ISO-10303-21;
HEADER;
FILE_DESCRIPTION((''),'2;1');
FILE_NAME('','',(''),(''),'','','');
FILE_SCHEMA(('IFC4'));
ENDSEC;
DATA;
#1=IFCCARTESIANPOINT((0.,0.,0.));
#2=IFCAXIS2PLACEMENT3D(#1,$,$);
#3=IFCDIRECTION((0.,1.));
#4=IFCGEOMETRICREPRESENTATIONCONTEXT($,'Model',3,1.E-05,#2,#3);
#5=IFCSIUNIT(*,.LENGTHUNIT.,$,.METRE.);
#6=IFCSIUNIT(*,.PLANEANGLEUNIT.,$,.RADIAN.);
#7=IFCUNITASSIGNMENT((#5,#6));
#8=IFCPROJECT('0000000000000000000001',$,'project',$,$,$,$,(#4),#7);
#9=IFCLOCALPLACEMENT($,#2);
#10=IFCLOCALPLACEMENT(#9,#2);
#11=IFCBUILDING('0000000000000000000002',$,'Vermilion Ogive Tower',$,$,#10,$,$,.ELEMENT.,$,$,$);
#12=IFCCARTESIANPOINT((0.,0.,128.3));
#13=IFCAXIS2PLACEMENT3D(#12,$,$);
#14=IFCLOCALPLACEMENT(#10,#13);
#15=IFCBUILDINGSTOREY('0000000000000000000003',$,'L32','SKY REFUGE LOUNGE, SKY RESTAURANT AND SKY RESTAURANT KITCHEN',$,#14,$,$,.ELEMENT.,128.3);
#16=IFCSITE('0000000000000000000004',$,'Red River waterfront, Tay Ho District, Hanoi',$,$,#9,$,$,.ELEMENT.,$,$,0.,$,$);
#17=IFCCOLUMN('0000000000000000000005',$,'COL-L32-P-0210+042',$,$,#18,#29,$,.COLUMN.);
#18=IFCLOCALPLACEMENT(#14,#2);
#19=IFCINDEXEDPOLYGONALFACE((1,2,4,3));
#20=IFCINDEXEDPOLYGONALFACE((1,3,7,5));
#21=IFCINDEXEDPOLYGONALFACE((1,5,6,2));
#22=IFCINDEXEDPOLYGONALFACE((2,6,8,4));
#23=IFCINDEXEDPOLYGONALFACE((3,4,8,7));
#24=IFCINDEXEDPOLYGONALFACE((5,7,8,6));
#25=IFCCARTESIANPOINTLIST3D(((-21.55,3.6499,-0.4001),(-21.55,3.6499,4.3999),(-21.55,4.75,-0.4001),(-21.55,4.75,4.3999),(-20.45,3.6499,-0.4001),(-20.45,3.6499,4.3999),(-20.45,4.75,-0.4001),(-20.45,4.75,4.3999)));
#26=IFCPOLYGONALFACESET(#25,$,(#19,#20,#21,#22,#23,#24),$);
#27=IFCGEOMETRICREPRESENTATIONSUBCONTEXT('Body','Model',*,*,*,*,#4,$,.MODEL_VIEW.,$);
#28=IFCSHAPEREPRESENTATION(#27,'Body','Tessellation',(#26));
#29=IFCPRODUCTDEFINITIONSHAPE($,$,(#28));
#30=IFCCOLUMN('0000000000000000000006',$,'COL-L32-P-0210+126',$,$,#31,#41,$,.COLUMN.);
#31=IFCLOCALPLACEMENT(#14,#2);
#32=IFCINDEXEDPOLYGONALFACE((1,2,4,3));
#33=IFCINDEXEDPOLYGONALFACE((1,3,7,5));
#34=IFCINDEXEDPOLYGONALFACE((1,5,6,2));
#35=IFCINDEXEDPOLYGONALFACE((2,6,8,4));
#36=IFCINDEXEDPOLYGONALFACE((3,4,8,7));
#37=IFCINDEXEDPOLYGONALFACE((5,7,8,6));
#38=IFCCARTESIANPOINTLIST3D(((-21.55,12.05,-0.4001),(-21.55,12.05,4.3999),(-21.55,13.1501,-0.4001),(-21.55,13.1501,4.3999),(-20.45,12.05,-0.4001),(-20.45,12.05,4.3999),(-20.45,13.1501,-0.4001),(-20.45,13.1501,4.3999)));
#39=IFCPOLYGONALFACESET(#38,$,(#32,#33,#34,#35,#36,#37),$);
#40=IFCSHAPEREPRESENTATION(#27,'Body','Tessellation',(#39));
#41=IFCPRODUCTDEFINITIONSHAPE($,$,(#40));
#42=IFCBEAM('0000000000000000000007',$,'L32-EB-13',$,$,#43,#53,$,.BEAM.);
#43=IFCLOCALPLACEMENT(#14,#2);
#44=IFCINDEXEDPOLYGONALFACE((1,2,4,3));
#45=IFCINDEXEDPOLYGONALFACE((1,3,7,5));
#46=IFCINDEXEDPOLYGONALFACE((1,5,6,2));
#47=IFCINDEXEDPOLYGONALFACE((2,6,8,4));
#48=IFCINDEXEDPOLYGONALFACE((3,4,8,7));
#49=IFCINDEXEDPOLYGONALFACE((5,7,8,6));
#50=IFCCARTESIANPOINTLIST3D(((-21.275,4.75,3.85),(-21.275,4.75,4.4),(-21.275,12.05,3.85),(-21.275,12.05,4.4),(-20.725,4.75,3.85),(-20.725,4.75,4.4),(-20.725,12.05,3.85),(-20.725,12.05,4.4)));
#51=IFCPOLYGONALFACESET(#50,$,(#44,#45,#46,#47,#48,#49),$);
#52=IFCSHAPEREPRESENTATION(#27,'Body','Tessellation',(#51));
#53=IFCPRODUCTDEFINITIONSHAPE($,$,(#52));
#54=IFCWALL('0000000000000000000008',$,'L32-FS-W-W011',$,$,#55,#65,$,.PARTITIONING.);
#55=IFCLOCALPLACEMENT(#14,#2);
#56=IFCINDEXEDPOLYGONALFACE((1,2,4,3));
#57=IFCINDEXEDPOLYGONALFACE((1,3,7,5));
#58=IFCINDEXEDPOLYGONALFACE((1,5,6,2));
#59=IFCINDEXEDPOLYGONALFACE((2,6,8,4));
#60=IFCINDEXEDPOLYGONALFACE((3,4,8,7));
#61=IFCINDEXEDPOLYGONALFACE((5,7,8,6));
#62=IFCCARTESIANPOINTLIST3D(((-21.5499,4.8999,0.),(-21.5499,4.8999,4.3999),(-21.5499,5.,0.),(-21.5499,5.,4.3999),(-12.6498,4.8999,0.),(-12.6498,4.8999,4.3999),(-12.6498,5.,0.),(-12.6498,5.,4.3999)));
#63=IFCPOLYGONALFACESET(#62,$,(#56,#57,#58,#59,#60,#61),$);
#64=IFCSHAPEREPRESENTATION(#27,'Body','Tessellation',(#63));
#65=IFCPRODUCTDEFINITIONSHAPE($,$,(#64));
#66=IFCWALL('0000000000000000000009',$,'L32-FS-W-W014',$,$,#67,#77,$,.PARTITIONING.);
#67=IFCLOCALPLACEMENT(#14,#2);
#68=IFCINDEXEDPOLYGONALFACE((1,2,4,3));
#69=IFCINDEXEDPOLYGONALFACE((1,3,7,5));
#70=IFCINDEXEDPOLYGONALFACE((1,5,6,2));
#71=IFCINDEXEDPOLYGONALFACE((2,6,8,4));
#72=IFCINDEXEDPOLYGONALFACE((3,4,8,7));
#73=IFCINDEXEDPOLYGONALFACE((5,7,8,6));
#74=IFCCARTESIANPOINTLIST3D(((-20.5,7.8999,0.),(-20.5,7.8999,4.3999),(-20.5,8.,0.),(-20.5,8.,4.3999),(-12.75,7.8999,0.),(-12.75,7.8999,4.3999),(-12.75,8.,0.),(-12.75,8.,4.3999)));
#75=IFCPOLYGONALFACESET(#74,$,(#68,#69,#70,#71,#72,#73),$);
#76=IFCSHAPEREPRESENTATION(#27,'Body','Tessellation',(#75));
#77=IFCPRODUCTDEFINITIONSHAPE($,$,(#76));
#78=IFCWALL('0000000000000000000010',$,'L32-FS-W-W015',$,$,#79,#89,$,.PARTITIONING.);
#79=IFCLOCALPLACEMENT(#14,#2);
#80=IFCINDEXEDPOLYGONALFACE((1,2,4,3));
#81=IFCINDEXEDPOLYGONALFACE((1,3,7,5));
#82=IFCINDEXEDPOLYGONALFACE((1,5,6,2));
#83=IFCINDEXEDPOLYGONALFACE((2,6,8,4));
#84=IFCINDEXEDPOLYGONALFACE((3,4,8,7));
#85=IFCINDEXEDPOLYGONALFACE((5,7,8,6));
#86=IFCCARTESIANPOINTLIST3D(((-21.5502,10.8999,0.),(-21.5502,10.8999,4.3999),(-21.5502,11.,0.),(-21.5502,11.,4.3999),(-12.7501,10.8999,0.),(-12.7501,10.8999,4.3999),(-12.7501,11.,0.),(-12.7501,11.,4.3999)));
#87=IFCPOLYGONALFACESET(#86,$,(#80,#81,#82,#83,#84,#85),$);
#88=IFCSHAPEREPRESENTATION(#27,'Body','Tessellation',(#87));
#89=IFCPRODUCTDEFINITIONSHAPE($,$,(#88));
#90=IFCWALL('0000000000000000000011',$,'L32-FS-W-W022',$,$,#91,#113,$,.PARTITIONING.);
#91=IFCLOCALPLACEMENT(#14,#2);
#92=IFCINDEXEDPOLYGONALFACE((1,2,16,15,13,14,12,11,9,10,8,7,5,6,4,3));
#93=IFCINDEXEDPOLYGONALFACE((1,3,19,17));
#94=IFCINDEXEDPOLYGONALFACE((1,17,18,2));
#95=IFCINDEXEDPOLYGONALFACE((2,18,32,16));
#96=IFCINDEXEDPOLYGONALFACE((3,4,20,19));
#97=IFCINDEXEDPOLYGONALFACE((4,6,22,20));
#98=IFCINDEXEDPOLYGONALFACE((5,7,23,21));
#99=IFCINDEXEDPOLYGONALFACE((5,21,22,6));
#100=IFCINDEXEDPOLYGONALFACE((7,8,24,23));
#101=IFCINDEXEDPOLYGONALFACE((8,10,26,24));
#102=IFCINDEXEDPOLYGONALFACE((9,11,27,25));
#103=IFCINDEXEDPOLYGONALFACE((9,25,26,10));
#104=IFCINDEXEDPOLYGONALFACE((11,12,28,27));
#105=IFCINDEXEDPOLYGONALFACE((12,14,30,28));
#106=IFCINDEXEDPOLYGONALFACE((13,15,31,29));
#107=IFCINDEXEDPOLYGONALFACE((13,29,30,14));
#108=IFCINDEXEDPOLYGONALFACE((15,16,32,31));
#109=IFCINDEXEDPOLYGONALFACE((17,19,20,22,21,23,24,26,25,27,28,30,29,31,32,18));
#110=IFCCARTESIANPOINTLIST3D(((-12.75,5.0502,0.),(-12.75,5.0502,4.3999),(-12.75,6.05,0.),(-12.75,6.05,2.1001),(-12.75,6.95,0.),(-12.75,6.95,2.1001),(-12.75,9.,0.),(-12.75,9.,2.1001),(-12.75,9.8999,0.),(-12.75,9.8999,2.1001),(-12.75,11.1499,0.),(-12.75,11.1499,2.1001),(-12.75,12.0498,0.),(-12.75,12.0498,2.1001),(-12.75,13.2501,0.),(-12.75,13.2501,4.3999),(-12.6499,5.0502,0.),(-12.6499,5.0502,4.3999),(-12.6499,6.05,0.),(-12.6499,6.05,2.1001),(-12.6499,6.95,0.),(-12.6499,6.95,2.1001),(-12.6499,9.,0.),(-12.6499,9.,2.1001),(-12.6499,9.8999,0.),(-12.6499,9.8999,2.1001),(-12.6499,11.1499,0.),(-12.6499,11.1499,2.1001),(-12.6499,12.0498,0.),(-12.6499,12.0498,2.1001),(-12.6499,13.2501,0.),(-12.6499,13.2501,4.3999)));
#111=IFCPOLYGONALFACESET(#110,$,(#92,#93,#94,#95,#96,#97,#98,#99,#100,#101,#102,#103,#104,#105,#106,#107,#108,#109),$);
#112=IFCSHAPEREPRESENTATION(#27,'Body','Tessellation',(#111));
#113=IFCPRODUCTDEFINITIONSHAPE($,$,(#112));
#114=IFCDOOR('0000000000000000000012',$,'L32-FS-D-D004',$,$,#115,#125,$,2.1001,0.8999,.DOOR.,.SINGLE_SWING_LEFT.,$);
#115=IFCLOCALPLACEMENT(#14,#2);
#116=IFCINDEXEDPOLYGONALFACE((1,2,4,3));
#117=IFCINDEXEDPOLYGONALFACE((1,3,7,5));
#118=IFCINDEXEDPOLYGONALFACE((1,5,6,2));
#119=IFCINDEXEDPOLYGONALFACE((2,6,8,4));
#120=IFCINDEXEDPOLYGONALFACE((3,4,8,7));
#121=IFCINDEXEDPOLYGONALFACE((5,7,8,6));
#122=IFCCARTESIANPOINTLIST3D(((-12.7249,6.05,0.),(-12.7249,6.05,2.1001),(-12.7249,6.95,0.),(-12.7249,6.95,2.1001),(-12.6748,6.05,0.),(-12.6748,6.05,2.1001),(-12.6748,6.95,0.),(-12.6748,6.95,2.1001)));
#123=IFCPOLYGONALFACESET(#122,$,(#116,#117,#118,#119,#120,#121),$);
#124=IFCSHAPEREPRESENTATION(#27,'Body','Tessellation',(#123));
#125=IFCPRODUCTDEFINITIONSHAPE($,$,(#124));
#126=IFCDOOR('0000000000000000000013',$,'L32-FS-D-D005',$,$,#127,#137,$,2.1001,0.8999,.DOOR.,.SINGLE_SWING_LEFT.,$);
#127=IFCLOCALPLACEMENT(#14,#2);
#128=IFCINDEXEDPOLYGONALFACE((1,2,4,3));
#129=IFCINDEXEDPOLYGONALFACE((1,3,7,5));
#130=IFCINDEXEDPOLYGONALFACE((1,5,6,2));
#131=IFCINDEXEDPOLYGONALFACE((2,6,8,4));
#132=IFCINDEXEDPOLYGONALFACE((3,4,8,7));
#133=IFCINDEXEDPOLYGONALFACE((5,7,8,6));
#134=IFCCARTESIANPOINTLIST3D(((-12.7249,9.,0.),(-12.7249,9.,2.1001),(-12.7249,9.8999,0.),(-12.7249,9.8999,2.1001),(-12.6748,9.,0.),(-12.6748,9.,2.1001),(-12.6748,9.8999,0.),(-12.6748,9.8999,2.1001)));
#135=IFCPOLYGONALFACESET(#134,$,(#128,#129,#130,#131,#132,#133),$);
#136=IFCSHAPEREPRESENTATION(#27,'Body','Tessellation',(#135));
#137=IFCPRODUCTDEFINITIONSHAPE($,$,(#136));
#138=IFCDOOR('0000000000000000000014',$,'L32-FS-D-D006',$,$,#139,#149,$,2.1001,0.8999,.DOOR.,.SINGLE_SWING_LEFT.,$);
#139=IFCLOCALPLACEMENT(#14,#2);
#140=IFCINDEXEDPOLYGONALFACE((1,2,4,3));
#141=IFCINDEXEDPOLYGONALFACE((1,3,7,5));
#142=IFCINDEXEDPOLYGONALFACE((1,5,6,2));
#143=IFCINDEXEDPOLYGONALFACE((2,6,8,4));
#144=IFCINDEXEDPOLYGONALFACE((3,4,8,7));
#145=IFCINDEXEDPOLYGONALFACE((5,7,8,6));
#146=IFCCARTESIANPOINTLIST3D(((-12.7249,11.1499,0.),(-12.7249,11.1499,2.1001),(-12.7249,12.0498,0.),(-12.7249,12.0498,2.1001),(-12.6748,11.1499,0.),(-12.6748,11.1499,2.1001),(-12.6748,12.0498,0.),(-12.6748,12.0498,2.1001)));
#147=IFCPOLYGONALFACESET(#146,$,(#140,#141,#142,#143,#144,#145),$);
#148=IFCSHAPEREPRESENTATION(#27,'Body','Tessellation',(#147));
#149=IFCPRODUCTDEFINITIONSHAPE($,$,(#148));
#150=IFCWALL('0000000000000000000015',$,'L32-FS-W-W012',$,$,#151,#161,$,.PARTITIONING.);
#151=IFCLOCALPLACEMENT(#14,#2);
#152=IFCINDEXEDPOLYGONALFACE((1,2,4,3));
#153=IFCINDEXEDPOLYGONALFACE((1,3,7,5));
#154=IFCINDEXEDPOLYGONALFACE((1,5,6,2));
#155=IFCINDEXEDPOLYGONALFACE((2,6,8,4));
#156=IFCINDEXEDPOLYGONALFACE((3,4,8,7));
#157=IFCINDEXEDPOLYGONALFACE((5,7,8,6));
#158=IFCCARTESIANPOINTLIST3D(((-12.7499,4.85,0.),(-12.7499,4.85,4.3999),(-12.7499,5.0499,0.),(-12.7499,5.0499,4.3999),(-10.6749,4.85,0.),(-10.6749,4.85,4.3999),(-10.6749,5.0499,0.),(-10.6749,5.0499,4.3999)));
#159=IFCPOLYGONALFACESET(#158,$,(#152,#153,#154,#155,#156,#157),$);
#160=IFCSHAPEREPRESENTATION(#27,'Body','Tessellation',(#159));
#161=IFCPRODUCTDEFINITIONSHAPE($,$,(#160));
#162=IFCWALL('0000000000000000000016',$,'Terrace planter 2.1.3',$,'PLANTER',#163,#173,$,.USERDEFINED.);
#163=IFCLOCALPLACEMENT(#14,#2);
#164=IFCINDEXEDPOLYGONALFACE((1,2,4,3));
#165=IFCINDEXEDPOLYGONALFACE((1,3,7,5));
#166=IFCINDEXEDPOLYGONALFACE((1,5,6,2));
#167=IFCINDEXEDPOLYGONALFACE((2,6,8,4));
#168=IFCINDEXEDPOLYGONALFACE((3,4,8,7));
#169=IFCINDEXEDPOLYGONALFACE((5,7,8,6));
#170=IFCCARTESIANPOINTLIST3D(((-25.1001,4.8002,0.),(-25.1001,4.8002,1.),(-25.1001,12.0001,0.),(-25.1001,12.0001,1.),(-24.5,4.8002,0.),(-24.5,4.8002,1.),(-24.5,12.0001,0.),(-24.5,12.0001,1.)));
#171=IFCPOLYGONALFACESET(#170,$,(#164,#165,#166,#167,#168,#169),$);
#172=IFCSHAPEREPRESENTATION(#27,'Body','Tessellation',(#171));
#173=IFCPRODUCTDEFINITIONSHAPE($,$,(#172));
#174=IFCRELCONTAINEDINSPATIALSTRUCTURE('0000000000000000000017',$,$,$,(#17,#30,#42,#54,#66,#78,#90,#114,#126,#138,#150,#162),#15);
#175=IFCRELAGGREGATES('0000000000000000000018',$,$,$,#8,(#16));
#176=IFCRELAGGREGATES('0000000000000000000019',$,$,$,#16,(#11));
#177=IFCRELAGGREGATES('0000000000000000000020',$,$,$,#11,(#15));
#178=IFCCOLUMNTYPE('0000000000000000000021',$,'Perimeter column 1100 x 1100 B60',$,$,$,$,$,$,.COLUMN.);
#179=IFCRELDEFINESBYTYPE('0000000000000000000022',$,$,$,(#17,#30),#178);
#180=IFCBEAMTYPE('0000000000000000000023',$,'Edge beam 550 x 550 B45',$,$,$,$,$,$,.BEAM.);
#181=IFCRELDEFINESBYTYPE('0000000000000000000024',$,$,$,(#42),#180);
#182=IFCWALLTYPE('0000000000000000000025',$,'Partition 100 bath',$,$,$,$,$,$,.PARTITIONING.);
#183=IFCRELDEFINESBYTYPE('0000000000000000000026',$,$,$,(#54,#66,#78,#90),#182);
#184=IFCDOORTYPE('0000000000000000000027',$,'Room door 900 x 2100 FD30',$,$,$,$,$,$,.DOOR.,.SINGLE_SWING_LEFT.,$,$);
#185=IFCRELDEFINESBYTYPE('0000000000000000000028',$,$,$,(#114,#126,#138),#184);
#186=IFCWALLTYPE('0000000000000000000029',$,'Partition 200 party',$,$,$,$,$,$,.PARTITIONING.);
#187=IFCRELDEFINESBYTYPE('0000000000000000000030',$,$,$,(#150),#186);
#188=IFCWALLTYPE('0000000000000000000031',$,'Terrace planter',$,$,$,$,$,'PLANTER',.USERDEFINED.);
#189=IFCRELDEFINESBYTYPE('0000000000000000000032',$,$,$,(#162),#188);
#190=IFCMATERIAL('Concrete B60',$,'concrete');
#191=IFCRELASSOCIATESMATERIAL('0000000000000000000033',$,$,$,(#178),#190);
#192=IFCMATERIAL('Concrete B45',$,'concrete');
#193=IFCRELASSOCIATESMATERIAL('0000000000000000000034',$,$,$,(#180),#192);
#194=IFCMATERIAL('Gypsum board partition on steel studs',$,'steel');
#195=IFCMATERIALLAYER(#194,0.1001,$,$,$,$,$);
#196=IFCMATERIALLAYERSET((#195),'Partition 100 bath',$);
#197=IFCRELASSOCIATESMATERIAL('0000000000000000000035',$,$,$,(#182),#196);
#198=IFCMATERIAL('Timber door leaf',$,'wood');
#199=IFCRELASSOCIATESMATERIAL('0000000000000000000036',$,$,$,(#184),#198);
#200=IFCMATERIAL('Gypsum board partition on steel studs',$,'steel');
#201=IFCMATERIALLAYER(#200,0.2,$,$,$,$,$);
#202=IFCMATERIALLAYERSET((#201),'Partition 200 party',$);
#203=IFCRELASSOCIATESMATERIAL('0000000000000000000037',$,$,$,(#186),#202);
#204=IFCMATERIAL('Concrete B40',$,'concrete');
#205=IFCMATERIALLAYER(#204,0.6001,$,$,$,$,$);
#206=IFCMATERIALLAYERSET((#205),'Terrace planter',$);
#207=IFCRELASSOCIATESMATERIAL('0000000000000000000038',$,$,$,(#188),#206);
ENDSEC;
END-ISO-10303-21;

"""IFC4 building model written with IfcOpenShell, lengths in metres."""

from ifc_helpers import new_model, si_unit, direction, frame, frame_2d, origin, origin_2d, place, context, subcontext, project, spatial, rectangle, extrude, material, layer, layer_set, material_profile, profile_set, type_object, element, fill, save


model = new_model("IFC4")

# Units and contexts
model_context = context("Model", 3, precision=1e-05, world=origin(), true_north=direction((0.0, 1.0)))
body_context = subcontext(model_context, "Body", "Model", "MODEL_VIEW")
ifc_project = project(units=[si_unit("LENGTHUNIT", "METRE"), si_unit("PLANEANGLEUNIT", "RADIAN")], contexts=[model_context])

# Site, building, storey
site_placement = place(None, origin())
site = spatial("IfcSite", under=ifc_project, at=site_placement, Name="Red River waterfront, Tay Ho District, Hanoi", CompositionType="ELEMENT", RefElevation=0.0)
building_placement = place(site_placement, origin())
building = spatial("IfcBuilding", under=site, at=building_placement, Name="Vermilion Ogive Tower", CompositionType="ELEMENT")
storey_placement = place(building_placement, frame((0.0, 0.0, 128.3)))
storey = spatial("IfcBuildingStorey", under=building, at=storey_placement, Name="L32", Description="SKY REFUGE LOUNGE, SKY RESTAURANT AND SKY RESTAURANT KITCHEN", CompositionType="ELEMENT", Elevation=128.3)

# Columns
ifc_material_1 = material(Name="Concrete B60", Category="concrete")
ifc_material_profile_1 = material_profile(ifc_material_1, rectangle(XDim=1.1001, YDim=1.1001, at=origin_2d()), Name="1100 x 1100")
ifc_profile_set_1 = profile_set([ifc_material_profile_1], Name="Concrete B60")
column_type = type_object("IfcColumnType", Name="Perimeter column 1100 x 1100 B60", PredefinedType="COLUMN", material=ifc_profile_set_1)
for number, where, z_axis, x_axis, name in (
    (1, (-21.0, 4.2, -0.4001), (0.0, 0.0, 1.0), (1.0, 0.0, 0.0), "COL-L32-P-0210+042"),
    (2, (-21.0, 12.6001, -0.4001), (0.0, 0.0, 1.0), (1.0, 0.0, 0.0), "COL-L32-P-0210+126"),
):
    element("IfcColumn", number, at=place(storey_placement, frame(where, z_axis=z_axis, x_axis=x_axis)), inside=storey, type_object=column_type, Name=name, PredefinedType="COLUMN", context=body_context, shape_type="SweptSolid", body=[
        extrude(rectangle(XDim=1.1001, YDim=1.1001, at=origin_2d()), origin(), (0.0, 0.0, 1.0), 4.8),
    ])

# Beam
ifc_material_2 = material(Name="Concrete B45", Category="concrete")
ifc_material_profile_2 = material_profile(ifc_material_2, rectangle(XDim=0.55, YDim=0.55, at=origin_2d()), Name="550 x 550")
ifc_profile_set_2 = profile_set([ifc_material_profile_2], Name="Concrete B45")
beam_type = type_object("IfcBeamType", Name="Edge beam 550 x 550 B45", PredefinedType="BEAM", material=ifc_profile_set_2)
beam_placement = place(storey_placement, frame((-21.0, 12.05, 4.125), z_axis=(0.0, -1.0, 0.0), x_axis=(1.0, 0.0, 0.0)))
element("IfcBeam", 3, at=beam_placement, inside=storey, type_object=beam_type, Name="L32-EB-13", PredefinedType="BEAM", context=body_context, shape_type="SweptSolid", body=[
    extrude(rectangle(XDim=0.55, YDim=0.55, at=origin_2d()), origin(), (0.0, 0.0, 1.0), 7.3),
])

# Walls
ifc_material_3 = material(Name="Gypsum board partition on steel studs", Category="steel")
ifc_layer_1 = layer(ifc_material_3, 0.1001)
ifc_layer_set_1 = layer_set([ifc_layer_1], Name="Partition 100 bath")
wall_type_1 = type_object("IfcWallType", Name="Partition 100 bath", PredefinedType="PARTITIONING", material=ifc_layer_set_1)
wall_1_placement = place(storey_placement, frame((-21.55, 4.95, 0.0), z_axis=(0.0, 0.0, 1.0), x_axis=(1.0, 0.0, 0.0)))
element("IfcWall", 4, at=wall_1_placement, inside=storey, type_object=wall_type_1, Name="L32-FS-W-W011", PredefinedType="PARTITIONING", context=body_context, shape_type="SweptSolid", body=[
    extrude(rectangle(XDim=8.9001, YDim=0.1001, at=frame_2d((4.4502, 0.0))), origin(), (0.0, 0.0, 1.0), 4.3999),
])
wall_2_placement = place(storey_placement, frame((-20.5, 7.95, 0.0), z_axis=(0.0, 0.0, 1.0), x_axis=(1.0, 0.0, 0.0)))
element("IfcWall", 5, at=wall_2_placement, inside=storey, type_object=wall_type_1, Name="L32-FS-W-W014", PredefinedType="PARTITIONING", context=body_context, shape_type="SweptSolid", body=[
    extrude(rectangle(XDim=7.75, YDim=0.1001, at=frame_2d((3.875, 0.0))), origin(), (0.0, 0.0, 1.0), 4.3999),
])
wall_3_placement = place(storey_placement, frame((-21.55, 10.95, 0.0), z_axis=(0.0, 0.0, 1.0), x_axis=(1.0, 0.0, 0.0)))
element("IfcWall", 6, at=wall_3_placement, inside=storey, type_object=wall_type_1, Name="L32-FS-W-W015", PredefinedType="PARTITIONING", context=body_context, shape_type="SweptSolid", body=[
    extrude(rectangle(XDim=8.8, YDim=0.1001, at=frame_2d((4.3999, 0.0))), origin(), (0.0, 0.0, 1.0), 4.3999),
])

# Wall, openings, doors
wall_4_placement = place(storey_placement, frame((-12.7, 5.05, 0.0), z_axis=(0.0, 0.0, 1.0), x_axis=(0.0, 1.0, 0.0)))
wall_4 = element("IfcWall", 7, at=wall_4_placement, inside=storey, type_object=wall_type_1, Name="L32-FS-W-W022", PredefinedType="PARTITIONING", context=body_context, shape_type="SweptSolid", body=[
    extrude(rectangle(XDim=8.2, YDim=0.1001, at=frame_2d((4.1001, 0.0))), origin(), (0.0, 0.0, 1.0), 4.3999),
])
opening_1_placement = place(wall_4_placement, frame((1.0, 0.0, 0.0)))
opening_1 = element("IfcOpeningElement", 8, at=opening_1_placement, cuts=wall_4, PredefinedType="OPENING", context=body_context, shape_type="SweptSolid", body=[
    extrude(rectangle(XDim=0.8999, YDim=2.1001, at=frame_2d((0.45, 1.05))), frame((0.0, 0.0601, 0.0), z_axis=(0.0, -1.0, 0.0), x_axis=(1.0, 0.0, 0.0)), (0.0, 0.0, 1.0), 0.1201),
])
opening_2_placement = place(wall_4_placement, frame((3.95, 0.0, 0.0)))
opening_2 = element("IfcOpeningElement", 9, at=opening_2_placement, cuts=wall_4, PredefinedType="OPENING", context=body_context, shape_type="SweptSolid", body=[
    extrude(rectangle(XDim=0.8999, YDim=2.1001, at=frame_2d((0.45, 1.05))), frame((0.0, 0.0601, 0.0), z_axis=(0.0, -1.0, 0.0), x_axis=(1.0, 0.0, 0.0)), (0.0, 0.0, 1.0), 0.1201),
])
opening_3_placement = place(wall_4_placement, frame((6.0999, 0.0, 0.0)))
opening_3 = element("IfcOpeningElement", 10, at=opening_3_placement, cuts=wall_4, PredefinedType="OPENING", context=body_context, shape_type="SweptSolid", body=[
    extrude(rectangle(XDim=0.8999, YDim=2.1001, at=frame_2d((0.45, 1.05))), frame((0.0, 0.0601, 0.0), z_axis=(0.0, -1.0, 0.0), x_axis=(1.0, 0.0, 0.0)), (0.0, 0.0, 1.0), 0.1201),
])
ifc_material_4 = material(Name="Timber door leaf", Category="wood")
door_type_1 = type_object("IfcDoorType", Name="Room door 900 x 2100 FD30", OperationType="SINGLE_SWING_LEFT", PredefinedType="DOOR", material=ifc_material_4)
door_1_placement = place(opening_1_placement, origin())
door_1 = element("IfcDoor", 11, at=door_1_placement, inside=storey, type_object=door_type_1, Name="L32-FS-D-D004", OperationType="SINGLE_SWING_LEFT", OverallHeight=2.1001, OverallWidth=0.8999, PredefinedType="DOOR", context=body_context, shape_type="SweptSolid", body=[
    extrude(rectangle(XDim=0.8999, YDim=2.1001, at=frame_2d((0.45, 1.05))), frame((0.0, 0.0249, 0.0), z_axis=(0.0, -1.0, 0.0), x_axis=(1.0, 0.0, 0.0)), (0.0, 0.0, 1.0), 0.05),
])
fill(opening_1, door_1)
door_2_placement = place(opening_2_placement, origin())
door_2 = element("IfcDoor", 12, at=door_2_placement, inside=storey, type_object=door_type_1, Name="L32-FS-D-D005", OperationType="SINGLE_SWING_LEFT", OverallHeight=2.1001, OverallWidth=0.8999, PredefinedType="DOOR", context=body_context, shape_type="SweptSolid", body=[
    extrude(rectangle(XDim=0.8999, YDim=2.1001, at=frame_2d((0.45, 1.05))), frame((0.0, 0.0249, 0.0), z_axis=(0.0, -1.0, 0.0), x_axis=(1.0, 0.0, 0.0)), (0.0, 0.0, 1.0), 0.05),
])
fill(opening_2, door_2)
door_3_placement = place(opening_3_placement, origin())
door_3 = element("IfcDoor", 13, at=door_3_placement, inside=storey, type_object=door_type_1, Name="L32-FS-D-D006", OperationType="SINGLE_SWING_LEFT", OverallHeight=2.1001, OverallWidth=0.8999, PredefinedType="DOOR", context=body_context, shape_type="SweptSolid", body=[
    extrude(rectangle(XDim=0.8999, YDim=2.1001, at=frame_2d((0.45, 1.05))), frame((0.0, 0.0249, 0.0), z_axis=(0.0, -1.0, 0.0), x_axis=(1.0, 0.0, 0.0)), (0.0, 0.0, 1.0), 0.05),
])
fill(opening_3, door_3)

# Walls
ifc_material_5 = material(Name="Gypsum board partition on steel studs", Category="steel")
ifc_layer_2 = layer(ifc_material_5, 0.2)
ifc_layer_set_2 = layer_set([ifc_layer_2], Name="Partition 200 party")
wall_type_2 = type_object("IfcWallType", Name="Partition 200 party", PredefinedType="PARTITIONING", material=ifc_layer_set_2)
wall_5_placement = place(storey_placement, frame((-12.75, 4.95, 0.0), z_axis=(0.0, 0.0, 1.0), x_axis=(1.0, 0.0, 0.0)))
element("IfcWall", 14, at=wall_5_placement, inside=storey, type_object=wall_type_2, Name="L32-FS-W-W012", PredefinedType="PARTITIONING", context=body_context, shape_type="SweptSolid", body=[
    extrude(rectangle(XDim=2.075, YDim=0.2, at=frame_2d((1.0376, 0.0))), origin(), (0.0, 0.0, 1.0), 4.3999),
])
ifc_material_6 = material(Name="Concrete B40", Category="concrete")
ifc_layer_3 = layer(ifc_material_6, 0.6001)
ifc_layer_set_3 = layer_set([ifc_layer_3], Name="Terrace planter")
wall_type_3 = type_object("IfcWallType", Name="Terrace planter", ElementType="PLANTER", PredefinedType="USERDEFINED", material=ifc_layer_set_3)
wall_6_placement = place(storey_placement, frame((-24.8, 4.8, 0.0), z_axis=(0.0, 0.0, 1.0), x_axis=(0.0, 1.0, 0.0)))
element("IfcWall", 15, at=wall_6_placement, inside=storey, type_object=wall_type_3, Name="Terrace planter 2.1.3", ObjectType="PLANTER", PredefinedType="USERDEFINED", context=body_context, shape_type="SweptSolid", body=[
    extrude(rectangle(XDim=7.2, YDim=0.6001, at=frame_2d((3.6001, 0.0))), origin(), (0.0, 0.0, 1.0), 1.0),
])

save(model, "model.ifc")
